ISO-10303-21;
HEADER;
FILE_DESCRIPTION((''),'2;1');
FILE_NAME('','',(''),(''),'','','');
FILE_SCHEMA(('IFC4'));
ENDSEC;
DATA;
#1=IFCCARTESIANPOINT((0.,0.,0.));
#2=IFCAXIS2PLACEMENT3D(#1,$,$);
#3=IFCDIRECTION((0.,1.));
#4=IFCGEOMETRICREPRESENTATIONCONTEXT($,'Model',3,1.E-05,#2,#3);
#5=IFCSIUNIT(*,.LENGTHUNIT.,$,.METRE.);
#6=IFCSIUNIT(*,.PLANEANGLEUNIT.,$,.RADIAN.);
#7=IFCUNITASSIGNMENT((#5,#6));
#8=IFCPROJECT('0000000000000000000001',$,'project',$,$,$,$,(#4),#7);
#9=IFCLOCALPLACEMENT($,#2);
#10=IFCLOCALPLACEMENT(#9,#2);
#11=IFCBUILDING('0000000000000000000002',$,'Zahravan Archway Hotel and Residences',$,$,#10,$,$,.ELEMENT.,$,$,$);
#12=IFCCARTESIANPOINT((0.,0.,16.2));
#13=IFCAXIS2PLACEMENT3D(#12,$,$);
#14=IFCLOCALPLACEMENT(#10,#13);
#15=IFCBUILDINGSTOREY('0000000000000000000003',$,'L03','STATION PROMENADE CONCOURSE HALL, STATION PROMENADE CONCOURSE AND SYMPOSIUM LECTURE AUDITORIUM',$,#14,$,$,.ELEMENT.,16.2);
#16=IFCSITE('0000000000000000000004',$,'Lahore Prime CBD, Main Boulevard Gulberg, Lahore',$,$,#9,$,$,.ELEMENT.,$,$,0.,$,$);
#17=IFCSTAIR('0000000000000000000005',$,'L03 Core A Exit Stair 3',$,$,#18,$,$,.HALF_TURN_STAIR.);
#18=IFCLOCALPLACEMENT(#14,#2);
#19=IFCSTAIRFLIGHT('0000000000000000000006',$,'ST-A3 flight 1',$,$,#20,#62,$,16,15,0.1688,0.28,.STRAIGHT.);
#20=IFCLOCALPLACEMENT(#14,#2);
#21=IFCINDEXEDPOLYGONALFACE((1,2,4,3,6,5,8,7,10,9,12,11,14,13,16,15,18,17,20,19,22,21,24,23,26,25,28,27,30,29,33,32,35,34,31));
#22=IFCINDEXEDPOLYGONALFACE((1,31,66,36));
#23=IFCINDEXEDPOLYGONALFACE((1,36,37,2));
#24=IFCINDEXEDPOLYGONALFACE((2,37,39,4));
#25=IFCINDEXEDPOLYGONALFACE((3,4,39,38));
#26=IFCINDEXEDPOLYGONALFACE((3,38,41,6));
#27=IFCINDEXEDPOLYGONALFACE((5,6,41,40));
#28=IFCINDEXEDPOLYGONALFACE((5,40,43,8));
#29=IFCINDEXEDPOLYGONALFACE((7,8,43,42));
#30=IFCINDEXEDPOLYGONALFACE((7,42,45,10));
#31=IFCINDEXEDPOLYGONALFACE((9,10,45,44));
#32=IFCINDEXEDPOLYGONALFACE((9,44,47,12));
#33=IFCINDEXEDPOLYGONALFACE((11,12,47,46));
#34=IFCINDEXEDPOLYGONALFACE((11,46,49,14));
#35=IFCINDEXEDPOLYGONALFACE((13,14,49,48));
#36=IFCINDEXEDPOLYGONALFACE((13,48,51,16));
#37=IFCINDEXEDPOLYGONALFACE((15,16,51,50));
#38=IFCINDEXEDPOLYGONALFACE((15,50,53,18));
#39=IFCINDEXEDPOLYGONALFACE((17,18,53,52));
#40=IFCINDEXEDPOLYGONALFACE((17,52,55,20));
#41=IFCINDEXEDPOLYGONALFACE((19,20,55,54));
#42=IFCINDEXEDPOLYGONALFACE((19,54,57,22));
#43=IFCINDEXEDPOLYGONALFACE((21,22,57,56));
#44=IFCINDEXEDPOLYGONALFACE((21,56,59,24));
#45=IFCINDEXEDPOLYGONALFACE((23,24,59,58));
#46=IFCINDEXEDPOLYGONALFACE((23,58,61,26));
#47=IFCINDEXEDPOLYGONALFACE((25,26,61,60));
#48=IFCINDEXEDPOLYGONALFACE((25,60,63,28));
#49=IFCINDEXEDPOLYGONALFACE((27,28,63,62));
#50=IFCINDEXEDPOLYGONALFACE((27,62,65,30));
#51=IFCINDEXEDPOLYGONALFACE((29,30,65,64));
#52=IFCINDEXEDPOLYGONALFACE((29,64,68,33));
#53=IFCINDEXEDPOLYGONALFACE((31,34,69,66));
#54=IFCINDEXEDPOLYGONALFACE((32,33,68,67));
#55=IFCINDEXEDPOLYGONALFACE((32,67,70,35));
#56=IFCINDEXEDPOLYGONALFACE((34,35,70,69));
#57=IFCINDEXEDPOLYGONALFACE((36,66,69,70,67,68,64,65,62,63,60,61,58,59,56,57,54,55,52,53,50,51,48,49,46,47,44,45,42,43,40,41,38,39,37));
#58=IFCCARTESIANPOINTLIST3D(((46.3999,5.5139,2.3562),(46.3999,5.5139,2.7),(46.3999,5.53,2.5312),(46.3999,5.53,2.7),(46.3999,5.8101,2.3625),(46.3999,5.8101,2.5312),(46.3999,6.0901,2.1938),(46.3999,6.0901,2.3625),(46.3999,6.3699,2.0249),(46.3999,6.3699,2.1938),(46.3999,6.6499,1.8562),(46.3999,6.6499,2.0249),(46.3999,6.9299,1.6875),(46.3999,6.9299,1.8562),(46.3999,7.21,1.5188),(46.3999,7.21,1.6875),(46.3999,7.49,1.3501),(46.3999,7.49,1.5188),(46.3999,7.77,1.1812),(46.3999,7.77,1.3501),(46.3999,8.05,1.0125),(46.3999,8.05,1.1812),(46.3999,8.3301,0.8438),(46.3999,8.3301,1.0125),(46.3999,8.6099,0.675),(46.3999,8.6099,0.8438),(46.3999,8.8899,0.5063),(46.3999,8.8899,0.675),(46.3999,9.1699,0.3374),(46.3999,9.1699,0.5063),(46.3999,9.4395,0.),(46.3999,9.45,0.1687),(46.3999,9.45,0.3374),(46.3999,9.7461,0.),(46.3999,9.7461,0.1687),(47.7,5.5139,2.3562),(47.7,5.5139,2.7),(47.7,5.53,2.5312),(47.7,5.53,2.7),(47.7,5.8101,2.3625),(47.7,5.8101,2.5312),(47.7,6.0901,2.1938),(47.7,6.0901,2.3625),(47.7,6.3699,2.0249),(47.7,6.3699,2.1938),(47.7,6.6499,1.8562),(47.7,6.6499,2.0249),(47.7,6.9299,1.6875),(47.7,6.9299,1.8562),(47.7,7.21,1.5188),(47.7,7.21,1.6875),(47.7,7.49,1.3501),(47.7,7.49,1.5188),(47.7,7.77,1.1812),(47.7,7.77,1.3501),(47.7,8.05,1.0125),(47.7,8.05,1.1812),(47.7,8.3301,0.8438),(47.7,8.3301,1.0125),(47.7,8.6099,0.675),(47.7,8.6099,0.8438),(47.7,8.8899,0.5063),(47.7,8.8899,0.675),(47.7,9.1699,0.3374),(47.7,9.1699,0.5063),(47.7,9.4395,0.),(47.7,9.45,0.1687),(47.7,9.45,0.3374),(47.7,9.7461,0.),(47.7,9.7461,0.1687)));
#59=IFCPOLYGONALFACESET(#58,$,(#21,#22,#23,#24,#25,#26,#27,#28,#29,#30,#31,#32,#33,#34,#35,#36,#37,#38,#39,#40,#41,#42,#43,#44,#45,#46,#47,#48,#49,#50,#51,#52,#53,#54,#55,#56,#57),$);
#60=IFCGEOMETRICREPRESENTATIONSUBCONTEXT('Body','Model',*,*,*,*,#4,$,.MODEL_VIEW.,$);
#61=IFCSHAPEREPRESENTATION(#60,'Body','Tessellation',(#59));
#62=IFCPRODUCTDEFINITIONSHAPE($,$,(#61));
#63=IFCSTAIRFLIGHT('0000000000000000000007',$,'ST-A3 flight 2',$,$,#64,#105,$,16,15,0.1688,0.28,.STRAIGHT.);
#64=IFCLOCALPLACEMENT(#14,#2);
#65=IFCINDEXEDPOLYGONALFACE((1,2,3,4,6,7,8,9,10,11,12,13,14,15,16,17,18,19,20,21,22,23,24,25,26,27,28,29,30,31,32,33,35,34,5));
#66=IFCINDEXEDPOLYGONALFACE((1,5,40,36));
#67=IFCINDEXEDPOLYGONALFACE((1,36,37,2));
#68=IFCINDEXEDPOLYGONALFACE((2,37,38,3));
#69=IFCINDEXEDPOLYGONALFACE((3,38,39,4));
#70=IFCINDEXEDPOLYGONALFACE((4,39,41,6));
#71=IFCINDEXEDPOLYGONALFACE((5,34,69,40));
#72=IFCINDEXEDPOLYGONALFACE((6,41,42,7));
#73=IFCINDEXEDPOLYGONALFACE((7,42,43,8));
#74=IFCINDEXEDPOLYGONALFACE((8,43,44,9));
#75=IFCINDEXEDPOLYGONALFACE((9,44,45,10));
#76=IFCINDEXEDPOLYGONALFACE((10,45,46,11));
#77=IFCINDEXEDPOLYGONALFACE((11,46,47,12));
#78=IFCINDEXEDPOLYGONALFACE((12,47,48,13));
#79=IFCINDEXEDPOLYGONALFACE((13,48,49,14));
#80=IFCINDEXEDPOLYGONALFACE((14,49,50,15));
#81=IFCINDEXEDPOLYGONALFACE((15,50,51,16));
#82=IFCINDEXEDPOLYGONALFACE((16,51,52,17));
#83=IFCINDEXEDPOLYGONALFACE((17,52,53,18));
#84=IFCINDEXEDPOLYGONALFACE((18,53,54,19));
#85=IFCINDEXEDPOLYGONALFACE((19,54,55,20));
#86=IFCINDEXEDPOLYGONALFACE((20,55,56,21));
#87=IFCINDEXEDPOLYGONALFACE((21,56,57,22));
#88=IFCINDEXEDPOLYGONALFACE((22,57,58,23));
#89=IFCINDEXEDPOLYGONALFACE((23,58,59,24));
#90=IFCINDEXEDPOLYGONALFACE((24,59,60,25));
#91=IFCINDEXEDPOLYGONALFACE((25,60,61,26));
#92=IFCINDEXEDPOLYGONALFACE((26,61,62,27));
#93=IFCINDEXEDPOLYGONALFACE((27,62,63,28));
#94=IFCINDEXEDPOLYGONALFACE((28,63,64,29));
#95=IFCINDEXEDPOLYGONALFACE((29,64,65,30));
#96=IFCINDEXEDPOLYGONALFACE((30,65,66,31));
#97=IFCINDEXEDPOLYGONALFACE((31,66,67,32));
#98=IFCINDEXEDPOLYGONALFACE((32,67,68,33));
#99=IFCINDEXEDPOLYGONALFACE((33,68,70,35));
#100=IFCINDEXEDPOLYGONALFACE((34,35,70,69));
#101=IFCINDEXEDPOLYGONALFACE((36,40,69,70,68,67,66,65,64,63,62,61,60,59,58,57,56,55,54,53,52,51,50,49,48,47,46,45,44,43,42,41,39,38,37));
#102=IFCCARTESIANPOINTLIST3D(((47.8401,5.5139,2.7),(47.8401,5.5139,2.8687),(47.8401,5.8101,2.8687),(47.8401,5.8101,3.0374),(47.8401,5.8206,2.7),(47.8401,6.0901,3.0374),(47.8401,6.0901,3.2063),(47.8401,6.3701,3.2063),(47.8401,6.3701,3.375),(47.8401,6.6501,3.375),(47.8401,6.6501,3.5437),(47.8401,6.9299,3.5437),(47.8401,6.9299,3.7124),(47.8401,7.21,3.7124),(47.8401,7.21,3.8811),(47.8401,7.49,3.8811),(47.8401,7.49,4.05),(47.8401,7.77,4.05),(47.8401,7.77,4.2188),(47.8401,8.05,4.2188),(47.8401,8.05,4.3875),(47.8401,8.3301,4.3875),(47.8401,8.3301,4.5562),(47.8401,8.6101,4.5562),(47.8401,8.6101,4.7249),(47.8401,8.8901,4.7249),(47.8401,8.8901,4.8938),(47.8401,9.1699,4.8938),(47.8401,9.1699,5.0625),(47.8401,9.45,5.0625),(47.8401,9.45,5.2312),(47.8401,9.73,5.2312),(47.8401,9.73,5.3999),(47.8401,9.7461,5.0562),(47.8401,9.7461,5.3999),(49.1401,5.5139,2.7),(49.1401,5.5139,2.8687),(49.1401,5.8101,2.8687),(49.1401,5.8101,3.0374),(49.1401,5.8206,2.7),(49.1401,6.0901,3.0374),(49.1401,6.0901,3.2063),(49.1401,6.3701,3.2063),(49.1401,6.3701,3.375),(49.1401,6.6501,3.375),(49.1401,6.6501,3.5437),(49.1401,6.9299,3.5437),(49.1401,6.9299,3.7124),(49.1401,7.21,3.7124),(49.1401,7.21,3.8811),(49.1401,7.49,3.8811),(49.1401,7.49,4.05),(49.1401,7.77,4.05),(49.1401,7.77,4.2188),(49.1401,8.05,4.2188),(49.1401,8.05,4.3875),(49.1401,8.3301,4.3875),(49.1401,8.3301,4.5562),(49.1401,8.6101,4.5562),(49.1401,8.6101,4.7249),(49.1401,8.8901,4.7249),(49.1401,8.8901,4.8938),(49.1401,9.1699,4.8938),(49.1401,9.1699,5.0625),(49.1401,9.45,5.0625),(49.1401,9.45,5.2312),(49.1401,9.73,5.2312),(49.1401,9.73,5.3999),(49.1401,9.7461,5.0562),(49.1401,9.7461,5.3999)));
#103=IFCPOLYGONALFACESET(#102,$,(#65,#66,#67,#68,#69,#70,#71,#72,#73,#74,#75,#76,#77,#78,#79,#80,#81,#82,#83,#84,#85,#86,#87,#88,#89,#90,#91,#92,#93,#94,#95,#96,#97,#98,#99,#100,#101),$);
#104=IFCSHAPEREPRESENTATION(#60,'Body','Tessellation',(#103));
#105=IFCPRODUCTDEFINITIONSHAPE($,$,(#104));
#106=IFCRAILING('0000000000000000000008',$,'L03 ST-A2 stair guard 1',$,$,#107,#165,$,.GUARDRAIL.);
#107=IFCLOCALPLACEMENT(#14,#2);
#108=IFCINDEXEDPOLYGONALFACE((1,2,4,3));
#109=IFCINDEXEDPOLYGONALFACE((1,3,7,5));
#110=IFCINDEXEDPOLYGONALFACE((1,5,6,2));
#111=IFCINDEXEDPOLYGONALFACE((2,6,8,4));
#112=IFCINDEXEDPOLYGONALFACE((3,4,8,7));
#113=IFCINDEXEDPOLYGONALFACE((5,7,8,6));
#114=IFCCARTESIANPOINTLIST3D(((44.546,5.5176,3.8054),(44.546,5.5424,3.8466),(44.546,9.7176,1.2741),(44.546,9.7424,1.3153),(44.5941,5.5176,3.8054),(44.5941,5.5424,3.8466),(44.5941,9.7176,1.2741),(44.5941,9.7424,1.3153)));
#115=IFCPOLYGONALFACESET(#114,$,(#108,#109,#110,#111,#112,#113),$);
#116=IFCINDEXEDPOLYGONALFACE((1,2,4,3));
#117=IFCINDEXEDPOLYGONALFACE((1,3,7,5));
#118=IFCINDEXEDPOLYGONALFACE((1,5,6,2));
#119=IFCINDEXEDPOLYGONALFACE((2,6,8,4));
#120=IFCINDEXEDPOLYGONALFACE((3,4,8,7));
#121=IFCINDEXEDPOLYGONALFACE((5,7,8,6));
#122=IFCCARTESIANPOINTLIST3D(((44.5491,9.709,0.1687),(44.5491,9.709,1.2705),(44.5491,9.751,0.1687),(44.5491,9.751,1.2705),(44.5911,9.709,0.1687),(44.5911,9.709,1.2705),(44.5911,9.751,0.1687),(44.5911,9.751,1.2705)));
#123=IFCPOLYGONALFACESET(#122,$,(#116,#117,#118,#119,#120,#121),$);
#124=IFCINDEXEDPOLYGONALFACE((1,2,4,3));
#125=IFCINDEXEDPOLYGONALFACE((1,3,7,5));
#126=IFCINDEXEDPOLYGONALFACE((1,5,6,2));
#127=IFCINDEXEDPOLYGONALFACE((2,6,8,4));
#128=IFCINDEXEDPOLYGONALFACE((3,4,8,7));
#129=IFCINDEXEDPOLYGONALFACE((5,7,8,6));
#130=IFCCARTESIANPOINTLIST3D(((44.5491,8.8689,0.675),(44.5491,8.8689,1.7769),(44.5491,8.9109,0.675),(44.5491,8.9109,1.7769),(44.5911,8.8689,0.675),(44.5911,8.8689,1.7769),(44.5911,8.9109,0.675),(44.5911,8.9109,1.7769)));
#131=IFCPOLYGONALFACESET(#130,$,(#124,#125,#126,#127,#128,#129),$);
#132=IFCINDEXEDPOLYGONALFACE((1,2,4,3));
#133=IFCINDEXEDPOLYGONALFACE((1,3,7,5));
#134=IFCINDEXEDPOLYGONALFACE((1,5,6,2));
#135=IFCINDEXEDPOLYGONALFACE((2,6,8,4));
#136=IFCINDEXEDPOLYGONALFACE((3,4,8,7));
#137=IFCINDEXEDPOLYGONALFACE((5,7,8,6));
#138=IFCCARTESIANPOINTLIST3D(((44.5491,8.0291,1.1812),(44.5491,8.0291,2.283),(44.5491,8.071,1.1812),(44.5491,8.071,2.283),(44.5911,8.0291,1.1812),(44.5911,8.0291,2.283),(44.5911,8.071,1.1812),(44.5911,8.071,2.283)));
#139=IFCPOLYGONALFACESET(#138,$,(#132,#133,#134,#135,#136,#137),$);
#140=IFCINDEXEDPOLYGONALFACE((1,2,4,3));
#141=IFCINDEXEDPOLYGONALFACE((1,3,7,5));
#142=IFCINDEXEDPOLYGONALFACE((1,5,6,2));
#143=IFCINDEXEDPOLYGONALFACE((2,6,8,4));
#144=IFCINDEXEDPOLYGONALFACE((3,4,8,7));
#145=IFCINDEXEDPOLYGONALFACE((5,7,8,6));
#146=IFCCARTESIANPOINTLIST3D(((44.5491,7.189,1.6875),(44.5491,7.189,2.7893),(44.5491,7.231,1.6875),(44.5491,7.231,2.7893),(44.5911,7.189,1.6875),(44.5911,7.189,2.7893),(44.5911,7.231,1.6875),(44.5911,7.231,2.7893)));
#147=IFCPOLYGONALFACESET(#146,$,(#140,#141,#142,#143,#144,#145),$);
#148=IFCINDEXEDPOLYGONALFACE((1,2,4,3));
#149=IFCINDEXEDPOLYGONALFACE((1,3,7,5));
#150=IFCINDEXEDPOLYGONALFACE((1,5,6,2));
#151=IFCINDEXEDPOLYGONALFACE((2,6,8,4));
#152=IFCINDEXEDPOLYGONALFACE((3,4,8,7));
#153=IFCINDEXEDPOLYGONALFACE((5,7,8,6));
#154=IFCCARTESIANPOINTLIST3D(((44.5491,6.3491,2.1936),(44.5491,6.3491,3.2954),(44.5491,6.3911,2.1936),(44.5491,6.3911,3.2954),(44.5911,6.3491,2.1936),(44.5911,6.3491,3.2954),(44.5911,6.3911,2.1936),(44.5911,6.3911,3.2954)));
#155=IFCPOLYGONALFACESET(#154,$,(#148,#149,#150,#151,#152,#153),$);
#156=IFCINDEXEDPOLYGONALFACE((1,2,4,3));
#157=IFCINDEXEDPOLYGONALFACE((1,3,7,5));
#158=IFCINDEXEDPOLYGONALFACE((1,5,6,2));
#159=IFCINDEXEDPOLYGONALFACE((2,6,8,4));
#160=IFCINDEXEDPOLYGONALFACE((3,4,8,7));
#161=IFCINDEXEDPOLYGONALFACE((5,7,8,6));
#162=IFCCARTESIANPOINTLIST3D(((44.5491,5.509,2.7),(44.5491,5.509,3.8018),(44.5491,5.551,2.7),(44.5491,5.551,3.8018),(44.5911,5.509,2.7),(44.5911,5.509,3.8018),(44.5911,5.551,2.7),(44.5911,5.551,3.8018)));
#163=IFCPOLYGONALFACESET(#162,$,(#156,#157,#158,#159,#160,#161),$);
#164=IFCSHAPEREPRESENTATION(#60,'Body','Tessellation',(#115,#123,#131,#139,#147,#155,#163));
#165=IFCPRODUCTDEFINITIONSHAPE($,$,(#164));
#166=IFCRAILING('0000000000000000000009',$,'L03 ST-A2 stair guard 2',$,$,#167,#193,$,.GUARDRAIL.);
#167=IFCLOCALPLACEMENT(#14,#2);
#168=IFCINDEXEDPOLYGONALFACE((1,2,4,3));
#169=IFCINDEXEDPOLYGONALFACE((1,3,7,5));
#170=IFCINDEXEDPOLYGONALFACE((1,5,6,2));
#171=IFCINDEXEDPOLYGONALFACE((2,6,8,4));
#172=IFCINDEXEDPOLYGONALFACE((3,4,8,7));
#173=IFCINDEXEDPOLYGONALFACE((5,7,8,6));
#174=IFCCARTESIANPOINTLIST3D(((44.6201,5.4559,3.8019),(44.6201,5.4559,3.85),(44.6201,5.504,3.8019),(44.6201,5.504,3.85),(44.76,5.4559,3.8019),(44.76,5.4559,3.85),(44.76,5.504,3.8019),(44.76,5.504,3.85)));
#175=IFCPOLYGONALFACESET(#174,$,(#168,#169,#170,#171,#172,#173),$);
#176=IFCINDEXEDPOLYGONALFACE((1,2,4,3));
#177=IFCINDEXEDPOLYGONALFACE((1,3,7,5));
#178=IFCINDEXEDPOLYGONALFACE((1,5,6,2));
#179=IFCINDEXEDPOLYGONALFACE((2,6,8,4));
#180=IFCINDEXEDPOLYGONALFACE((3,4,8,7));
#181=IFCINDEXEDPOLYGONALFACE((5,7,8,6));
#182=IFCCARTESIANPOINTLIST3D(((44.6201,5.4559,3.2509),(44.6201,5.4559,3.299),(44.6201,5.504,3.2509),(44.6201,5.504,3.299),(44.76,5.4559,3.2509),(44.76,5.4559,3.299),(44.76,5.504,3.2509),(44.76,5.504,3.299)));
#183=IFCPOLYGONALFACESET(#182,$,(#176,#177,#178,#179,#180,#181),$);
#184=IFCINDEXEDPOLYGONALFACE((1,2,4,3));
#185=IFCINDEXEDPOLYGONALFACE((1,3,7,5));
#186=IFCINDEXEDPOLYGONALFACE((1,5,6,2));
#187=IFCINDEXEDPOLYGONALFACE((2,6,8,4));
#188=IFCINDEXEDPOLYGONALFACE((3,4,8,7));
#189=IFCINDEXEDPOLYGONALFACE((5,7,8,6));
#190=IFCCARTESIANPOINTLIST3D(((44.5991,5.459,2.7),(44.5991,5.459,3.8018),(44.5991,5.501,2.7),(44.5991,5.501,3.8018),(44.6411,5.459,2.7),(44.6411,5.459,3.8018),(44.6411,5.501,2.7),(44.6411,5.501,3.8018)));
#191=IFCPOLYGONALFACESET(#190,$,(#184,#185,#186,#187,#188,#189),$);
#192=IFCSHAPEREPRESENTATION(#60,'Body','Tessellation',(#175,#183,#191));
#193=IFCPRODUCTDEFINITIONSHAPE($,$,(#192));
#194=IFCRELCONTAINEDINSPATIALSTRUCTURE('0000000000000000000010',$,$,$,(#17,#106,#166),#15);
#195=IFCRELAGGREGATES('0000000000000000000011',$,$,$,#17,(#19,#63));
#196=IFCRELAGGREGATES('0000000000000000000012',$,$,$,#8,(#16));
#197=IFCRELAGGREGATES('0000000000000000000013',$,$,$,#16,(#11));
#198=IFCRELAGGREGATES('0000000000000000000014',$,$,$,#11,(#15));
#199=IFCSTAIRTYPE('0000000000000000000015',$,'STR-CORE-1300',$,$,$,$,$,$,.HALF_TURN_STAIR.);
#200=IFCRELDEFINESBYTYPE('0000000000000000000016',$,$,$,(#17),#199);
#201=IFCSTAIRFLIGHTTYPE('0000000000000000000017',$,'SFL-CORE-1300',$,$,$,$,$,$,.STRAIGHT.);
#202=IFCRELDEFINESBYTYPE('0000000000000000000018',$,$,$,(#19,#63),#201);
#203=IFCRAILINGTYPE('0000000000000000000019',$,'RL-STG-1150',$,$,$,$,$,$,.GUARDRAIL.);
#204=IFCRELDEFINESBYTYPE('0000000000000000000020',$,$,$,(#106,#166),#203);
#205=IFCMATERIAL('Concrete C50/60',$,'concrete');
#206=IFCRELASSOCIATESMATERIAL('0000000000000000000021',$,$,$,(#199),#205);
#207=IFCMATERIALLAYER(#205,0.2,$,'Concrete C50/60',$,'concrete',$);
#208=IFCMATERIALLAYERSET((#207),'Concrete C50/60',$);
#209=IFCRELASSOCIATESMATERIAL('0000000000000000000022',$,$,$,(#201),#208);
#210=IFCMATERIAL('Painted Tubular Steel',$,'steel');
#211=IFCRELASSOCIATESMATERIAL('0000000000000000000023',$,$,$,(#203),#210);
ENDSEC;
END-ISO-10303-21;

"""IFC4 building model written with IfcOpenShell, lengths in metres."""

from ifc_helpers import new_model, si_unit, direction, frame, origin, origin_2d, place, context, subcontext, project, spatial, polyline, rectangle, outline, extrude, source, transform, mapped, material, layer, layer_set, type_object, element, aggregate, save


model = new_model("IFC4")

# Units and contexts
model_context = context("Model", 3, precision=1e-05, world=origin(), true_north=direction((0.0, 1.0)))
body_context = subcontext(model_context, "Body", "Model", "MODEL_VIEW")
ifc_project = project(units=[si_unit("LENGTHUNIT", "METRE"), si_unit("PLANEANGLEUNIT", "RADIAN")], contexts=[model_context])

# Site, building, storey
site_placement = place(None, origin())
site = spatial("IfcSite", under=ifc_project, at=site_placement, Name="Lahore Prime CBD, Main Boulevard Gulberg, Lahore", CompositionType="ELEMENT", RefElevation=0.0)
building_placement = place(site_placement, origin())
building = spatial("IfcBuilding", under=site, at=building_placement, Name="Zahravan Archway Hotel and Residences", CompositionType="ELEMENT")
storey_placement = place(building_placement, frame((0.0, 0.0, 16.2)))
storey = spatial("IfcBuildingStorey", under=building, at=storey_placement, Name="L03", Description="STATION PROMENADE CONCOURSE HALL, STATION PROMENADE CONCOURSE AND SYMPOSIUM LECTURE AUDITORIUM", CompositionType="ELEMENT", Elevation=16.2)

# Shared definitions
ifc_material_1 = material(Name="Concrete C50/60", Category="concrete")

# Shared definitions
stair_type = type_object("IfcStairType", Name="STR-CORE-1300", PredefinedType="HALF_TURN_STAIR", material=ifc_material_1)
ifc_layer_1 = layer(ifc_material_1, 0.2, Name="Concrete C50/60", Category="concrete")
ifc_layer_set_1 = layer_set([ifc_layer_1], Name="Concrete C50/60")
stair_flight_type = type_object("IfcStairFlightType", Name="SFL-CORE-1300", PredefinedType="STRAIGHT", material=ifc_layer_set_1)
shared_shape_1 = source(origin(), body_context, "Body", "SweptSolid", [
    extrude(outline(polyline([(-0.0161, 0.0), (-0.0161, 0.1687), (0.28, 0.1687), (0.28, 0.3374), (0.5601, 0.3374), (0.5601, 0.5063), (0.8401, 0.5063), (0.8401, 0.675), (1.1201, 0.675), (1.1201, 0.8438), (1.3999, 0.8438), (1.3999, 1.0125), (1.6799, 1.0125), (1.6799, 1.1812), (1.96, 1.1812), (1.96, 1.3501), (2.24, 1.3501), (2.24, 1.5188), (2.52, 1.5188), (2.52, 1.6875), (2.8, 1.6875), (2.8, 1.8562), (3.0801, 1.8562), (3.0801, 2.0249), (3.3601, 2.0249), (3.3601, 2.1938), (3.6399, 2.1938), (3.6399, 2.3625), (3.9199, 2.3625), (3.9199, 2.5312), (4.2, 2.5312), (4.2, 2.7), (4.2161, 2.7), (4.2161, 2.3562), (0.2905, 0.0), (-0.0161, 0.0)])), frame((0.0, 0.6499, 0.0), z_axis=(0.0, -1.0, 0.0), x_axis=(1.0, 0.0, 0.0)), (0.0, 0.0, 1.0), 1.3),
])

# Stair, stair flights
stair_1_placement = place(storey_placement, origin())
stair_1 = element("IfcStair", 1, at=stair_1_placement, inside=storey, type_object=stair_type, Name="L03 Core A Exit Stair 3", PredefinedType="HALF_TURN_STAIR")
stair_flight_1_placement = place(storey_placement, frame((47.05, 9.73, 0.0), z_axis=(0.0, 0.0, 1.0), x_axis=(0.0, -1.0, 0.0)))
stair_flight_1 = element("IfcStairFlight", 2, at=stair_flight_1_placement, type_object=stair_flight_type, Name="ST-A3 flight 1", NumberOfRisers=16, NumberOfTreads=15, PredefinedType="STRAIGHT", RiserHeight=0.1688, TreadLength=0.28, context=body_context, shape_type="MappedRepresentation", body=[
    mapped(shared_shape_1, transform((0.0, 0.0, 0.0), scale=1.0)),
])
stair_flight_2_placement = place(storey_placement, frame((48.49, 5.53, 2.7), z_axis=(0.0, 0.0, 1.0), x_axis=(0.0, 1.0, 0.0)))
stair_flight_2 = element("IfcStairFlight", 3, at=stair_flight_2_placement, type_object=stair_flight_type, Name="ST-A3 flight 2", NumberOfRisers=16, NumberOfTreads=15, PredefinedType="STRAIGHT", RiserHeight=0.1688, TreadLength=0.28, context=body_context, shape_type="MappedRepresentation", body=[
    mapped(shared_shape_1, transform((0.0, 0.0, 0.0), scale=1.0)),
])
aggregate(stair_1, [stair_flight_1, stair_flight_2])

# Railings
ifc_material_2 = material(Name="Painted Tubular Steel", Category="steel")
railing_type_1 = type_object("IfcRailingType", Name="RL-STG-1150", PredefinedType="GUARDRAIL", material=ifc_material_2)
railing_1_placement = place(storey_placement, frame((44.5701, 9.73, 0.1687)))
element("IfcRailing", 4, at=railing_1_placement, inside=storey, type_object=railing_type_1, Name="L03 ST-A2 stair guard 1", PredefinedType="GUARDRAIL", context=body_context, shape_type="SweptSolid", body=[
    extrude(rectangle(XDim=0.0481, YDim=0.0481, at=origin_2d()), frame((0.0, 0.0, 1.126), z_axis=(0.0, -0.856476, 0.516186), x_axis=(1.0, 0.0, 0.0)), (0.0, 0.0, 1.0), 4.9038),
    extrude(rectangle(XDim=0.042, YDim=0.042, at=origin_2d()), origin(), (0.0, 0.0, 1.0), 1.1018),
    extrude(rectangle(XDim=0.042, YDim=0.042, at=origin_2d()), frame((0.0, -0.8401, 0.5063)), (0.0, 0.0, 1.0), 1.1018),
    extrude(rectangle(XDim=0.042, YDim=0.042, at=origin_2d()), frame((0.0, -1.6799, 1.0125)), (0.0, 0.0, 1.0), 1.1018),
    extrude(rectangle(XDim=0.042, YDim=0.042, at=origin_2d()), frame((0.0, -2.52, 1.5188)), (0.0, 0.0, 1.0), 1.1018),
    extrude(rectangle(XDim=0.042, YDim=0.042, at=origin_2d()), frame((0.0, -3.3599, 2.0249)), (0.0, 0.0, 1.0), 1.1018),
    extrude(rectangle(XDim=0.042, YDim=0.042, at=origin_2d()), frame((0.0, -4.2, 2.5312)), (0.0, 0.0, 1.0), 1.1018),
])
railing_2_placement = place(storey_placement, frame((44.6201, 5.48, 2.7)))
element("IfcRailing", 5, at=railing_2_placement, inside=storey, type_object=railing_type_1, Name="L03 ST-A2 stair guard 2", PredefinedType="GUARDRAIL", context=body_context, shape_type="SweptSolid", body=[
    extrude(rectangle(XDim=0.0481, YDim=0.0481, at=origin_2d()), frame((0.0, 0.0, 1.126), z_axis=(1.0, 0.0, 0.0), x_axis=(0.0, 1.0, 0.0)), (0.0, 0.0, 1.0), 0.1399),
    extrude(rectangle(XDim=0.0481, YDim=0.0481, at=origin_2d()), frame((0.0, 0.0, 0.575), z_axis=(1.0, 0.0, 0.0), x_axis=(0.0, 1.0, 0.0)), (0.0, 0.0, 1.0), 0.1399),
    extrude(rectangle(XDim=0.042, YDim=0.042, at=origin_2d()), origin(), (0.0, 0.0, 1.0), 1.1018),
])

save(model, "model.ifc")
